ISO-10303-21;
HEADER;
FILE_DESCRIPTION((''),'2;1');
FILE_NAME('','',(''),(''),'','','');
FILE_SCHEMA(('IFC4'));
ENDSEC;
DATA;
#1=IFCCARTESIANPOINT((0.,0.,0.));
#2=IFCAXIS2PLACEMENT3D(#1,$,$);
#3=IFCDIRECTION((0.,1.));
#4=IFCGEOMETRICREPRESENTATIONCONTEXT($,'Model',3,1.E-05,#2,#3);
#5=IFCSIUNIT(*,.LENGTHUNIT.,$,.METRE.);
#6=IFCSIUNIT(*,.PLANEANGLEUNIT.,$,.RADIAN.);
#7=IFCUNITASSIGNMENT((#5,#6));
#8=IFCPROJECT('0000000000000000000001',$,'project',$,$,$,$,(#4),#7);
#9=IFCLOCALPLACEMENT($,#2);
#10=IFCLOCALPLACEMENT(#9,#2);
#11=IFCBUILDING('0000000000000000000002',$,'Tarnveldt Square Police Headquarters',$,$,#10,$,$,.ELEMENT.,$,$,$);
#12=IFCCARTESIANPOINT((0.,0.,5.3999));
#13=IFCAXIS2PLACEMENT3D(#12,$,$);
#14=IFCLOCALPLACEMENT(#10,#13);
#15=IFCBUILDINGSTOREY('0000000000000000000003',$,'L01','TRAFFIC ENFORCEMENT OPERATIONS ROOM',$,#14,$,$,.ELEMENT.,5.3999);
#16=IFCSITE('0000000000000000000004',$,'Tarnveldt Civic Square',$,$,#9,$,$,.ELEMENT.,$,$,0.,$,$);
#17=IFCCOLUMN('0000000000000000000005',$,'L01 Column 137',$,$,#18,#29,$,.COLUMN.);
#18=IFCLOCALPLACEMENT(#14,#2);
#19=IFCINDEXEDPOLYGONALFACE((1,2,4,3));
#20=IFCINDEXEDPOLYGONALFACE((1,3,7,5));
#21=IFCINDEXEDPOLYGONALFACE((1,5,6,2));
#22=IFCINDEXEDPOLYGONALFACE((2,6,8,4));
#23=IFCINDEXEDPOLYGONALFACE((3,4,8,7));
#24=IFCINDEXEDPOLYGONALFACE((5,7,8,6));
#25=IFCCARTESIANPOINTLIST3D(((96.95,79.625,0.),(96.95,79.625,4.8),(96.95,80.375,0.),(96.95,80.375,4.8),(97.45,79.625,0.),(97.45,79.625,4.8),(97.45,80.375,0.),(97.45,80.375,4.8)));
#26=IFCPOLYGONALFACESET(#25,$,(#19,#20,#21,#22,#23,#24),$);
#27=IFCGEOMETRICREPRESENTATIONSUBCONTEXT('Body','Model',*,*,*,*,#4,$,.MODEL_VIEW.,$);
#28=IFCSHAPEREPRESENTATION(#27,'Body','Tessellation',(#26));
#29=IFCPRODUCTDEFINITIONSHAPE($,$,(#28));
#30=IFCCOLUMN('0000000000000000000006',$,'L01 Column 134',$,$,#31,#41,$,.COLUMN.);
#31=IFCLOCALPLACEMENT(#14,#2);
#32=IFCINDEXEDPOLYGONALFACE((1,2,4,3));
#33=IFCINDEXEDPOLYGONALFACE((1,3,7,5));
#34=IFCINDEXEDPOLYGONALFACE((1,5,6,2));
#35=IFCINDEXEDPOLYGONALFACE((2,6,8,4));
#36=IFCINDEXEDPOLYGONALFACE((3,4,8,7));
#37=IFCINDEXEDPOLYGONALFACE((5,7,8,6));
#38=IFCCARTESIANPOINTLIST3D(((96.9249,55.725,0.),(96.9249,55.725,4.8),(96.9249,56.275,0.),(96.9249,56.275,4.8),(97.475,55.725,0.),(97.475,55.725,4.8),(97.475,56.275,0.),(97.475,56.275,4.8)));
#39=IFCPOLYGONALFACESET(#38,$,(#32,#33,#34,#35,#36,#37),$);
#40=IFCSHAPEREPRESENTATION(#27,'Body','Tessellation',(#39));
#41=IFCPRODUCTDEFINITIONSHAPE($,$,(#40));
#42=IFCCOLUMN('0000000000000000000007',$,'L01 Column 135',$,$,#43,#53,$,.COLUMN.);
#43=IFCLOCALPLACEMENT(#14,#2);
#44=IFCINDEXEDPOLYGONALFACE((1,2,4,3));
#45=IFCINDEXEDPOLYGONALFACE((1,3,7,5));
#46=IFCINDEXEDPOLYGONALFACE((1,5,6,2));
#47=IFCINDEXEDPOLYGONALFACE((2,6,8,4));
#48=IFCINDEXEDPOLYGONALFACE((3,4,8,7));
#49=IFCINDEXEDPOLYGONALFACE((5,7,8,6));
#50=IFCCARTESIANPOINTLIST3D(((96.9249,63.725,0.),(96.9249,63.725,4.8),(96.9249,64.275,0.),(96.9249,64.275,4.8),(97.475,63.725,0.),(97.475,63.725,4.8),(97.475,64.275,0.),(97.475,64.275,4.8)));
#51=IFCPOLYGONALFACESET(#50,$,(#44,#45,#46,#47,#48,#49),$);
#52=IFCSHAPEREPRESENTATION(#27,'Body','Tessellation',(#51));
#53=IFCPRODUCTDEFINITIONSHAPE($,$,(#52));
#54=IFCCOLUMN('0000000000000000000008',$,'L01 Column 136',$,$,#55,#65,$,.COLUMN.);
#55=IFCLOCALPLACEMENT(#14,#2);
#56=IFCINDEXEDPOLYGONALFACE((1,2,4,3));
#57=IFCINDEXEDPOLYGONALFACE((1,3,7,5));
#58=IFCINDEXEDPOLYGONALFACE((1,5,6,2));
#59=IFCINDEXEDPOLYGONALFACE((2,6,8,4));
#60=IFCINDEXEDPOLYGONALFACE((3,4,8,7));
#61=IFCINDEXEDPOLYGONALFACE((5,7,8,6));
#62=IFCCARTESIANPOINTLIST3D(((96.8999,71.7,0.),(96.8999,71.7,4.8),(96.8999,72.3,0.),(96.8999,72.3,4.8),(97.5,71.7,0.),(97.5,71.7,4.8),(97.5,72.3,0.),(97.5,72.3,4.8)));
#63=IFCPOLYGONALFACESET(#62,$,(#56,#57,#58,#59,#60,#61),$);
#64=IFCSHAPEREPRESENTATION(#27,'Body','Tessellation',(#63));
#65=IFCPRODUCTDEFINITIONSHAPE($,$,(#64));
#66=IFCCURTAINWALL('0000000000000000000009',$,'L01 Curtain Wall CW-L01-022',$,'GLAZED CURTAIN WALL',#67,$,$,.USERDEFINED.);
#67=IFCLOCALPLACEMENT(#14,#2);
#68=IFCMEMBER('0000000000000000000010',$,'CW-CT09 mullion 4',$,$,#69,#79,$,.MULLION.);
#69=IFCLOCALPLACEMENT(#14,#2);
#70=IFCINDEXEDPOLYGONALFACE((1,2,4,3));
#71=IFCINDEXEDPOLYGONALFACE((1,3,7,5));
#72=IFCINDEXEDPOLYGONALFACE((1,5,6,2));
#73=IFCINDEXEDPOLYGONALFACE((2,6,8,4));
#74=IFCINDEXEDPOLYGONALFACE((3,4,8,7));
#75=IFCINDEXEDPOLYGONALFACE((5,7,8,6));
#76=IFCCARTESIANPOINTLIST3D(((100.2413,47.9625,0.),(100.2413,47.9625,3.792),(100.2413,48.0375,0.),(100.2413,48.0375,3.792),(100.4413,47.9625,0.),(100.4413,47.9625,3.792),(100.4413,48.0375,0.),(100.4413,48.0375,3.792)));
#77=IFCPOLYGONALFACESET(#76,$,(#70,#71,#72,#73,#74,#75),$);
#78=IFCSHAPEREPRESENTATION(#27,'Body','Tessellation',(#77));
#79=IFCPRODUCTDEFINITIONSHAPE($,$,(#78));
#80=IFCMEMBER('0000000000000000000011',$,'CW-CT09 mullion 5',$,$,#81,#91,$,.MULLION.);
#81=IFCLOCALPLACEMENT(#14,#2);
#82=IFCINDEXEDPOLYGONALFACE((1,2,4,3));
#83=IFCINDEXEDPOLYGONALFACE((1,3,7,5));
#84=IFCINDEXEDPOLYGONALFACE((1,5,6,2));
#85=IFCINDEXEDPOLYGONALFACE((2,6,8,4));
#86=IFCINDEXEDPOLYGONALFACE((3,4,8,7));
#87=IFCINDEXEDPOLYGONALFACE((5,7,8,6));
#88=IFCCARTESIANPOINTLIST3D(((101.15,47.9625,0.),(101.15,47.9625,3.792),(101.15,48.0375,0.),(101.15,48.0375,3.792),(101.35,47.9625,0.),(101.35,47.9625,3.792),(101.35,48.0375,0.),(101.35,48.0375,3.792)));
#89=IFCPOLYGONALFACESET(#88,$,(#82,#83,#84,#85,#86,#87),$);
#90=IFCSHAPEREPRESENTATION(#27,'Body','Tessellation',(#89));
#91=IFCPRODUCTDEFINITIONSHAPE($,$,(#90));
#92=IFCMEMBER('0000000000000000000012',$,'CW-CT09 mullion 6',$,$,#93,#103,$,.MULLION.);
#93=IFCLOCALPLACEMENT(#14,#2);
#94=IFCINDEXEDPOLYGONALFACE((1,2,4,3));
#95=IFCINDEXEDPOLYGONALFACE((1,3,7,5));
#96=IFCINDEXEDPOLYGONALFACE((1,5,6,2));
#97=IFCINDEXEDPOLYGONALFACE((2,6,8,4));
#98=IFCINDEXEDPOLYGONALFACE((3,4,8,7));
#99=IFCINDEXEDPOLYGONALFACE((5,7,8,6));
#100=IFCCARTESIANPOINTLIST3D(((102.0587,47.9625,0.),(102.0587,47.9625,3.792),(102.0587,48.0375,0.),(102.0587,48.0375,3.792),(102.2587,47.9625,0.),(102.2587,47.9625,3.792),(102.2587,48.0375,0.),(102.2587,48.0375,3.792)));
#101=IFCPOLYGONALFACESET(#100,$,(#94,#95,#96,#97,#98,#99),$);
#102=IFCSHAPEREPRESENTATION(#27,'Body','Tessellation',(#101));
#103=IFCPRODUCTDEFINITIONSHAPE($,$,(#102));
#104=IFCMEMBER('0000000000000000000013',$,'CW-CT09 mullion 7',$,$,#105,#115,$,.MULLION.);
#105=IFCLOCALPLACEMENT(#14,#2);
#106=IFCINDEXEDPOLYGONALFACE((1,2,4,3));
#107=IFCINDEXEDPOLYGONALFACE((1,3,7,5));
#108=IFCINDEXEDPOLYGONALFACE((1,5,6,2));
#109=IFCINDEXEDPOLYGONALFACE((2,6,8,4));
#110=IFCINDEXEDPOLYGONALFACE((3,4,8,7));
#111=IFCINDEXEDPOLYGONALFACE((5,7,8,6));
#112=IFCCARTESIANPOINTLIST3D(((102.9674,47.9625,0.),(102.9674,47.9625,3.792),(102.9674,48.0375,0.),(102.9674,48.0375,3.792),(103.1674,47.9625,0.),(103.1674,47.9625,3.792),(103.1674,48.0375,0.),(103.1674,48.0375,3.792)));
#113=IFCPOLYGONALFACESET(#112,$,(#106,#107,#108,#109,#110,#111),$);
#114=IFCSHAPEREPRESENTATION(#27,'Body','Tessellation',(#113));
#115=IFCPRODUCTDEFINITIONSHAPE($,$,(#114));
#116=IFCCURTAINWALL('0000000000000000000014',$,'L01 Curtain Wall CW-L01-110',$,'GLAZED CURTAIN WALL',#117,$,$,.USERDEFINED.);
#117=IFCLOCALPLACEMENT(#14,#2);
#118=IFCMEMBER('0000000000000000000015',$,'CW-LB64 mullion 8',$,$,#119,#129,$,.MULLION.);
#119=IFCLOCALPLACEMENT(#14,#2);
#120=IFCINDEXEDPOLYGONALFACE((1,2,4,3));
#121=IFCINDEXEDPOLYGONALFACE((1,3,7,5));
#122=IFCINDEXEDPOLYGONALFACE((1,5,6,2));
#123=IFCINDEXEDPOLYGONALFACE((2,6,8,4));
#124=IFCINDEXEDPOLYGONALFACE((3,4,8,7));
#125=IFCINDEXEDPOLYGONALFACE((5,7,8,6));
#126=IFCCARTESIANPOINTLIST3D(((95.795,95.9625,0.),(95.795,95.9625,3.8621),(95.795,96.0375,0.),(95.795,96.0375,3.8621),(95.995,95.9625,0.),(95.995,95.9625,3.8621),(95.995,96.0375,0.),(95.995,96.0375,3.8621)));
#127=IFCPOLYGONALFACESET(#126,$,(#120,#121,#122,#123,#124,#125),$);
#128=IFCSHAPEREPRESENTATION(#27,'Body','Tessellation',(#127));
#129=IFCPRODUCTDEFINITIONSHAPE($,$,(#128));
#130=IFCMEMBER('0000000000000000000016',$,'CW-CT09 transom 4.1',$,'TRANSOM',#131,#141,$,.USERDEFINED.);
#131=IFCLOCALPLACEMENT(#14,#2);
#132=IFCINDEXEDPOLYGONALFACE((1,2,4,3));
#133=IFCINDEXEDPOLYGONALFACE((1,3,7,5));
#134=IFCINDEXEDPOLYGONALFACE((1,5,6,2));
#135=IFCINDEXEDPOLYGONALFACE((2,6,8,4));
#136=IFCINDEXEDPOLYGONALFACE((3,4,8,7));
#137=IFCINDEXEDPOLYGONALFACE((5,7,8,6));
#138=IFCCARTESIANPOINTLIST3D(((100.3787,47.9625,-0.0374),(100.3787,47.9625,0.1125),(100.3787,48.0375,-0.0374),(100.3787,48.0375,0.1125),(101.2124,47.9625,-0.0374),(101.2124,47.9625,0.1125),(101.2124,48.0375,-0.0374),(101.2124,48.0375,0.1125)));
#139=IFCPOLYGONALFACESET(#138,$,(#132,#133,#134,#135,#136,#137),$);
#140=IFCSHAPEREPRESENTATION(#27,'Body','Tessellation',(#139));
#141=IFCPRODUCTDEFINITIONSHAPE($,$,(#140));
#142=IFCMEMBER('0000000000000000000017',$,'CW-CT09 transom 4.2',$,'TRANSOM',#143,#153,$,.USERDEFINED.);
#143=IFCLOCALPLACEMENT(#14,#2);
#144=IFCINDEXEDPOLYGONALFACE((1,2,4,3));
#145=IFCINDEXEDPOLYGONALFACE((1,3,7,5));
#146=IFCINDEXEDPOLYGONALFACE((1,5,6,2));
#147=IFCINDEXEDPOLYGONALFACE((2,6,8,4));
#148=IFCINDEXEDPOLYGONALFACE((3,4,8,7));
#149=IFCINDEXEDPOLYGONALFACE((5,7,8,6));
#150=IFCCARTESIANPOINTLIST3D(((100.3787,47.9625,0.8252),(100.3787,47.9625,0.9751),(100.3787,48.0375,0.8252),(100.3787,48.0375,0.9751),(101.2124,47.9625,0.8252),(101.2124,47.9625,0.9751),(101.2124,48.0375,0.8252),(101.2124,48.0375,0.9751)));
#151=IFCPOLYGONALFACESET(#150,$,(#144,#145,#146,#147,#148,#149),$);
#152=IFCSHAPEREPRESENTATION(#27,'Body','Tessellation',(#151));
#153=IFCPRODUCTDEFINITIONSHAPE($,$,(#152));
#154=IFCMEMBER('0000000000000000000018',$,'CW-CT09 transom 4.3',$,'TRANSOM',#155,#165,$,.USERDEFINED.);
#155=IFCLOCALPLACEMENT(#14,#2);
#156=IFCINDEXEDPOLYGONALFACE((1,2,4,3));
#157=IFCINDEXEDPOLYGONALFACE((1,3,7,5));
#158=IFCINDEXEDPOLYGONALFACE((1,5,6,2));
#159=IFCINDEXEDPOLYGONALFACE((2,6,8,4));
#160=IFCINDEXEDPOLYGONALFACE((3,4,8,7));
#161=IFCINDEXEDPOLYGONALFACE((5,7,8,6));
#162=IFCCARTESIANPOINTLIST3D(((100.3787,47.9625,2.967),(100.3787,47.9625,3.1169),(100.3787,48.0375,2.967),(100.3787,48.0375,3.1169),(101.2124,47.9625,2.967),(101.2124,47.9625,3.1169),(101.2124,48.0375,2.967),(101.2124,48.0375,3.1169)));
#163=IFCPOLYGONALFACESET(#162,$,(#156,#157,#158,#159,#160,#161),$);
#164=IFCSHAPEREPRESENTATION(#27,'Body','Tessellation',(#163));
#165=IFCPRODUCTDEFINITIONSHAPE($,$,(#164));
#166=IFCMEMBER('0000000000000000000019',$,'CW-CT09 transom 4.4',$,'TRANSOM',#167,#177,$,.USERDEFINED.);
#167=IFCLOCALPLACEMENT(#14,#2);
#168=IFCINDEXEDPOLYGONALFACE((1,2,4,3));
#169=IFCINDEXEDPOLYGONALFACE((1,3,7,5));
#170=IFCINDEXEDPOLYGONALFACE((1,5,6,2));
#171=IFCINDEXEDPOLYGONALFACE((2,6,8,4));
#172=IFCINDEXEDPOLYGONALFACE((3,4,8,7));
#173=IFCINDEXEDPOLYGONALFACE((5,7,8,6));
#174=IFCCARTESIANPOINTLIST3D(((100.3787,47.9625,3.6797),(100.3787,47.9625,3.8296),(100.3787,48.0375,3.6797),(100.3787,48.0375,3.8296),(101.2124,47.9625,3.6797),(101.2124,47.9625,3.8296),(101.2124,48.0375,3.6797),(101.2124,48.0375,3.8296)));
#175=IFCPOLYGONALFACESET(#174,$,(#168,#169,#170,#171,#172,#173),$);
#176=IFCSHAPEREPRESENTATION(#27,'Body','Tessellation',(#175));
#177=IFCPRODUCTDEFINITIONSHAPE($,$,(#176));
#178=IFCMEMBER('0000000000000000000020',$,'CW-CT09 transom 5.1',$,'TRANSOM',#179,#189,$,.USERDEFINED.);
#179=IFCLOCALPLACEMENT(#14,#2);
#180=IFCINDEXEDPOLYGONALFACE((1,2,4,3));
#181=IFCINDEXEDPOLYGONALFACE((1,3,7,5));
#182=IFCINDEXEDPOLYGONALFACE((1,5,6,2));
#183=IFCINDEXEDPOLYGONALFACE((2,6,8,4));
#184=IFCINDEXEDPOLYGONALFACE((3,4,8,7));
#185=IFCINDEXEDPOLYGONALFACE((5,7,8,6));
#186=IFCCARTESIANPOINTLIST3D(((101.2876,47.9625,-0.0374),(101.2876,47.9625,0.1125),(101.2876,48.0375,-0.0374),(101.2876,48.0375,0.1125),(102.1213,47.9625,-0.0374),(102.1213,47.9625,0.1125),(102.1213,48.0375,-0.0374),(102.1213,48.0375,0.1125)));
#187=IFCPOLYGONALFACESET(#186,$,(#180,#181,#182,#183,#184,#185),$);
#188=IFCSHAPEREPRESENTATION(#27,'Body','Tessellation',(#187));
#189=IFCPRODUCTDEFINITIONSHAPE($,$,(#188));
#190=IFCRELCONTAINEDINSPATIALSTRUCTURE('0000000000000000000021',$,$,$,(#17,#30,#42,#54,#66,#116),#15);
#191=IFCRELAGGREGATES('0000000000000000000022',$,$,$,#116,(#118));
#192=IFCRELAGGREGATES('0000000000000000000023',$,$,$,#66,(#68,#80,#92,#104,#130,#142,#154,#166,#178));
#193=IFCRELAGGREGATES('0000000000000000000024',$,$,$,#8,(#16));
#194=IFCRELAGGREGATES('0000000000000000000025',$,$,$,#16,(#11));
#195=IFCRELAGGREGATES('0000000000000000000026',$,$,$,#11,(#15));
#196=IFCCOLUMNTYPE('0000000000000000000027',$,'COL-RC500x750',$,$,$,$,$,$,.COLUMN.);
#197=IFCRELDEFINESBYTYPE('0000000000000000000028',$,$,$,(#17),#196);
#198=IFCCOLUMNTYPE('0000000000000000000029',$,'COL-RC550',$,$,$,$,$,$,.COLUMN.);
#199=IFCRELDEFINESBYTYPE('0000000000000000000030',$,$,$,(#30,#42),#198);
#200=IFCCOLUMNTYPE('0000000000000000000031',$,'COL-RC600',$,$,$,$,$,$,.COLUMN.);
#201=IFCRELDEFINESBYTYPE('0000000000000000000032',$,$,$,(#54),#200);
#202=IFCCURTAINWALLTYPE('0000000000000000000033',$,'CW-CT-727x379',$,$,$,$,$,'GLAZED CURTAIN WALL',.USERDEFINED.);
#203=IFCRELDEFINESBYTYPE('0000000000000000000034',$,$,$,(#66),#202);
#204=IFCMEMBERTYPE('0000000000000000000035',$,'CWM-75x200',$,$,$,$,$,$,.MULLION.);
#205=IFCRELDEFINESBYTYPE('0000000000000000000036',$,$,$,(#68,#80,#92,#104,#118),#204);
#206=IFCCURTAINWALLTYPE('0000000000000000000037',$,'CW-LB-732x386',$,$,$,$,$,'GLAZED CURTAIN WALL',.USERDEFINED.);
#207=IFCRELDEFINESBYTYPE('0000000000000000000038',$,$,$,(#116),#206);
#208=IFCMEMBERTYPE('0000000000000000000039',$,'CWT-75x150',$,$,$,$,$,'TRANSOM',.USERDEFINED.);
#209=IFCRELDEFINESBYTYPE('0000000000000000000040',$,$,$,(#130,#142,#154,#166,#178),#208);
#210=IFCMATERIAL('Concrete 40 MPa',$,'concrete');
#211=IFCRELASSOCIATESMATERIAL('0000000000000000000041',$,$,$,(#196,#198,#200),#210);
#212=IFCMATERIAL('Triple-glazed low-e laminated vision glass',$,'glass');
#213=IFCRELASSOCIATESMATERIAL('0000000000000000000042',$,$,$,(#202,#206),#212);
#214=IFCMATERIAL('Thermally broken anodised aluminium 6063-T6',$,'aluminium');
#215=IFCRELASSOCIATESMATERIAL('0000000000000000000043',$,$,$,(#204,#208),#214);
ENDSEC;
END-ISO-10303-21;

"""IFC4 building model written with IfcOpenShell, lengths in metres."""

from ifc_helpers import new_model, si_unit, direction, frame, origin, origin_2d, place, context, subcontext, project, spatial, rectangle, extrude, material, material_profile, profile_set, type_object, element, aggregate, save


model = new_model("IFC4")

# Units and contexts
model_context = context("Model", 3, precision=1e-05, world=origin(), true_north=direction((0.0, 1.0)))
body_context = subcontext(model_context, "Body", "Model", "MODEL_VIEW")
ifc_project = project(units=[si_unit("LENGTHUNIT", "METRE"), si_unit("PLANEANGLEUNIT", "RADIAN")], contexts=[model_context])

# Site, building, storey
site_placement = place(None, origin())
site = spatial("IfcSite", under=ifc_project, at=site_placement, Name="Tarnveldt Civic Square", CompositionType="ELEMENT", RefElevation=0.0)
building_placement = place(site_placement, origin())
building = spatial("IfcBuilding", under=site, at=building_placement, Name="Tarnveldt Square Police Headquarters", CompositionType="ELEMENT")
storey_placement = place(building_placement, frame((0.0, 0.0, 5.3999)))
storey = spatial("IfcBuildingStorey", under=building, at=storey_placement, Name="L01", Description="TRAFFIC ENFORCEMENT OPERATIONS ROOM", CompositionType="ELEMENT", Elevation=5.3999)

# Columns
ifc_material_1 = material(Name="Concrete 40 MPa", Category="concrete")
ifc_material_profile_1 = material_profile(ifc_material_1, rectangle(XDim=0.5, YDim=0.75, at=origin_2d()), Name="RC-C500x750")
ifc_profile_set_1 = profile_set([ifc_material_profile_1], Name="Concrete 40 MPa")
column_type_1 = type_object("IfcColumnType", Name="COL-RC500x750", PredefinedType="COLUMN", material=ifc_profile_set_1)
column_1_placement = place(storey_placement, frame((97.2, 80.0, 0.0), z_axis=(0.0, 0.0, 1.0), x_axis=(1.0, 0.0, 0.0)))
element("IfcColumn", 1, at=column_1_placement, inside=storey, type_object=column_type_1, Name="L01 Column 137", PredefinedType="COLUMN", context=body_context, shape_type="SweptSolid", body=[
    extrude(rectangle(XDim=0.5, YDim=0.75, at=origin_2d()), origin(), (0.0, 0.0, 1.0), 4.8),
])
ifc_material_profile_2 = material_profile(ifc_material_1, rectangle(XDim=0.55, YDim=0.55, at=origin_2d()), Name="RC-C550x550")
ifc_profile_set_2 = profile_set([ifc_material_profile_2], Name="Concrete 40 MPa")
column_type_2 = type_object("IfcColumnType", Name="COL-RC550", PredefinedType="COLUMN", material=ifc_profile_set_2)
for number, where, z_axis, x_axis, name in (
    (2, (97.2, 56.0, 0.0), (0.0, 0.0, 1.0), (1.0, 0.0, 0.0), "L01 Column 134"),
    (3, (97.2, 64.0, 0.0), (0.0, 0.0, 1.0), (1.0, 0.0, 0.0), "L01 Column 135"),
):
    element("IfcColumn", number, at=place(storey_placement, frame(where, z_axis=z_axis, x_axis=x_axis)), inside=storey, type_object=column_type_2, Name=name, PredefinedType="COLUMN", context=body_context, shape_type="SweptSolid", body=[
        extrude(rectangle(XDim=0.55, YDim=0.55, at=origin_2d()), origin(), (0.0, 0.0, 1.0), 4.8),
    ])
ifc_material_profile_3 = material_profile(ifc_material_1, rectangle(XDim=0.6001, YDim=0.6001, at=origin_2d()), Name="RC-C600x600")
ifc_profile_set_3 = profile_set([ifc_material_profile_3], Name="Concrete 40 MPa")
column_type_3 = type_object("IfcColumnType", Name="COL-RC600", PredefinedType="COLUMN", material=ifc_profile_set_3)
column_2_placement = place(storey_placement, frame((97.2, 72.0, 0.0), z_axis=(0.0, 0.0, 1.0), x_axis=(1.0, 0.0, 0.0)))
element("IfcColumn", 4, at=column_2_placement, inside=storey, type_object=column_type_3, Name="L01 Column 136", PredefinedType="COLUMN", context=body_context, shape_type="SweptSolid", body=[
    extrude(rectangle(XDim=0.6001, YDim=0.6001, at=origin_2d()), origin(), (0.0, 0.0, 1.0), 4.8),
])

# Curtain wall, members
ifc_material_2 = material(Name="Triple-glazed low-e laminated vision glass", Category="glass")
curtain_wall_type_1 = type_object("IfcCurtainWallType", Name="CW-CT-727x379", ElementType="GLAZED CURTAIN WALL", PredefinedType="USERDEFINED", material=ifc_material_2)
curtain_wall_1_placement = place(storey_placement, origin())
curtain_wall_1 = element("IfcCurtainWall", 5, at=curtain_wall_1_placement, inside=storey, type_object=curtain_wall_type_1, Name="L01 Curtain Wall CW-L01-022", ObjectType="GLAZED CURTAIN WALL", PredefinedType="USERDEFINED")
ifc_material_3 = material(Name="Thermally broken anodised aluminium 6063-T6", Category="aluminium")
ifc_material_profile_4 = material_profile(ifc_material_3, rectangle(XDim=0.075, YDim=0.2, at=origin_2d()), Name="CW-M75x200")
ifc_profile_set_4 = profile_set([ifc_material_profile_4], Name="Thermally broken anodised aluminium 6063-T6")
member_type_1 = type_object("IfcMemberType", Name="CWM-75x200", PredefinedType="MULLION", material=ifc_profile_set_4)
member_1_placement = place(storey_placement, frame((100.3413, 48.0, 0.0), z_axis=(0.0, 0.0, 1.0), x_axis=(0.0, 1.0, 0.0)))
member_1 = element("IfcMember", 6, at=member_1_placement, type_object=member_type_1, Name="CW-CT09 mullion 4", PredefinedType="MULLION", context=body_context, shape_type="SweptSolid", body=[
    extrude(rectangle(XDim=0.075, YDim=0.2, at=origin_2d()), origin(), (0.0, 0.0, 1.0), 3.792),
])
member_2_placement = place(storey_placement, frame((101.25, 48.0, 0.0), z_axis=(0.0, 0.0, 1.0), x_axis=(0.0, 1.0, 0.0)))
member_2 = element("IfcMember", 7, at=member_2_placement, type_object=member_type_1, Name="CW-CT09 mullion 5", PredefinedType="MULLION", context=body_context, shape_type="SweptSolid", body=[
    extrude(rectangle(XDim=0.075, YDim=0.2, at=origin_2d()), origin(), (0.0, 0.0, 1.0), 3.792),
])
member_3_placement = place(storey_placement, frame((102.1587, 48.0, 0.0), z_axis=(0.0, 0.0, 1.0), x_axis=(0.0, 1.0, 0.0)))
member_3 = element("IfcMember", 8, at=member_3_placement, type_object=member_type_1, Name="CW-CT09 mullion 6", PredefinedType="MULLION", context=body_context, shape_type="SweptSolid", body=[
    extrude(rectangle(XDim=0.075, YDim=0.2, at=origin_2d()), origin(), (0.0, 0.0, 1.0), 3.792),
])
member_4_placement = place(storey_placement, frame((103.0674, 48.0, 0.0), z_axis=(0.0, 0.0, 1.0), x_axis=(0.0, 1.0, 0.0)))
member_4 = element("IfcMember", 9, at=member_4_placement, type_object=member_type_1, Name="CW-CT09 mullion 7", PredefinedType="MULLION", context=body_context, shape_type="SweptSolid", body=[
    extrude(rectangle(XDim=0.075, YDim=0.2, at=origin_2d()), origin(), (0.0, 0.0, 1.0), 3.792),
])

# Curtain wall, member
curtain_wall_type_2 = type_object("IfcCurtainWallType", Name="CW-LB-732x386", ElementType="GLAZED CURTAIN WALL", PredefinedType="USERDEFINED", material=ifc_material_2)
curtain_wall_2_placement = place(storey_placement, origin())
curtain_wall_2 = element("IfcCurtainWall", 10, at=curtain_wall_2_placement, inside=storey, type_object=curtain_wall_type_2, Name="L01 Curtain Wall CW-L01-110", ObjectType="GLAZED CURTAIN WALL", PredefinedType="USERDEFINED")
member_5_placement = place(storey_placement, frame((95.895, 96.0, 0.0), z_axis=(0.0, 0.0, 1.0), x_axis=(0.0, 1.0, 0.0)))
member_5 = element("IfcMember", 11, at=member_5_placement, type_object=member_type_1, Name="CW-LB64 mullion 8", PredefinedType="MULLION", context=body_context, shape_type="SweptSolid", body=[
    extrude(rectangle(XDim=0.075, YDim=0.2, at=origin_2d()), origin(), (0.0, 0.0, 1.0), 3.8621),
])
aggregate(curtain_wall_2, [member_5])

# Members
ifc_material_profile_5 = material_profile(ifc_material_3, rectangle(XDim=0.075, YDim=0.1499, at=origin_2d()), Name="CW-T75x150")
ifc_profile_set_5 = profile_set([ifc_material_profile_5], Name="Thermally broken anodised aluminium 6063-T6")
member_type_2 = type_object("IfcMemberType", Name="CWT-75x150", ElementType="TRANSOM", PredefinedType="USERDEFINED", material=ifc_profile_set_5)
member_6_placement = place(storey_placement, frame((100.3787, 48.0, 0.0376), z_axis=(1.0, 0.0, 0.0), x_axis=(0.0, 1.0, 0.0)))
member_6 = element("IfcMember", 12, at=member_6_placement, type_object=member_type_2, Name="CW-CT09 transom 4.1", ObjectType="TRANSOM", PredefinedType="USERDEFINED", context=body_context, shape_type="SweptSolid", body=[
    extrude(rectangle(XDim=0.075, YDim=0.1499, at=origin_2d()), origin(), (0.0, 0.0, 1.0), 0.8337),
])
member_7_placement = place(storey_placement, frame((100.3787, 48.0, 0.9001), z_axis=(1.0, 0.0, 0.0), x_axis=(0.0, 1.0, 0.0)))
member_7 = element("IfcMember", 13, at=member_7_placement, type_object=member_type_2, Name="CW-CT09 transom 4.2", ObjectType="TRANSOM", PredefinedType="USERDEFINED", context=body_context, shape_type="SweptSolid", body=[
    extrude(rectangle(XDim=0.075, YDim=0.1499, at=origin_2d()), origin(), (0.0, 0.0, 1.0), 0.8337),
])
member_8_placement = place(storey_placement, frame((100.3787, 48.0, 3.042), z_axis=(1.0, 0.0, 0.0), x_axis=(0.0, 1.0, 0.0)))
member_8 = element("IfcMember", 14, at=member_8_placement, type_object=member_type_2, Name="CW-CT09 transom 4.3", ObjectType="TRANSOM", PredefinedType="USERDEFINED", context=body_context, shape_type="SweptSolid", body=[
    extrude(rectangle(XDim=0.075, YDim=0.1499, at=origin_2d()), origin(), (0.0, 0.0, 1.0), 0.8337),
])
member_9_placement = place(storey_placement, frame((100.3787, 48.0, 3.7546), z_axis=(1.0, 0.0, 0.0), x_axis=(0.0, 1.0, 0.0)))
member_9 = element("IfcMember", 15, at=member_9_placement, type_object=member_type_2, Name="CW-CT09 transom 4.4", ObjectType="TRANSOM", PredefinedType="USERDEFINED", context=body_context, shape_type="SweptSolid", body=[
    extrude(rectangle(XDim=0.075, YDim=0.1499, at=origin_2d()), origin(), (0.0, 0.0, 1.0), 0.8337),
])
member_10_placement = place(storey_placement, frame((101.2876, 48.0, 0.0376), z_axis=(1.0, 0.0, 0.0), x_axis=(0.0, 1.0, 0.0)))
member_10 = element("IfcMember", 16, at=member_10_placement, type_object=member_type_2, Name="CW-CT09 transom 5.1", ObjectType="TRANSOM", PredefinedType="USERDEFINED", context=body_context, shape_type="SweptSolid", body=[
    extrude(rectangle(XDim=0.075, YDim=0.1499, at=origin_2d()), origin(), (0.0, 0.0, 1.0), 0.8337),
])

aggregate(curtain_wall_1, [member_1, member_2, member_3, member_4, member_6, member_7, member_8, member_9, member_10])

save(model, "model.ifc")
